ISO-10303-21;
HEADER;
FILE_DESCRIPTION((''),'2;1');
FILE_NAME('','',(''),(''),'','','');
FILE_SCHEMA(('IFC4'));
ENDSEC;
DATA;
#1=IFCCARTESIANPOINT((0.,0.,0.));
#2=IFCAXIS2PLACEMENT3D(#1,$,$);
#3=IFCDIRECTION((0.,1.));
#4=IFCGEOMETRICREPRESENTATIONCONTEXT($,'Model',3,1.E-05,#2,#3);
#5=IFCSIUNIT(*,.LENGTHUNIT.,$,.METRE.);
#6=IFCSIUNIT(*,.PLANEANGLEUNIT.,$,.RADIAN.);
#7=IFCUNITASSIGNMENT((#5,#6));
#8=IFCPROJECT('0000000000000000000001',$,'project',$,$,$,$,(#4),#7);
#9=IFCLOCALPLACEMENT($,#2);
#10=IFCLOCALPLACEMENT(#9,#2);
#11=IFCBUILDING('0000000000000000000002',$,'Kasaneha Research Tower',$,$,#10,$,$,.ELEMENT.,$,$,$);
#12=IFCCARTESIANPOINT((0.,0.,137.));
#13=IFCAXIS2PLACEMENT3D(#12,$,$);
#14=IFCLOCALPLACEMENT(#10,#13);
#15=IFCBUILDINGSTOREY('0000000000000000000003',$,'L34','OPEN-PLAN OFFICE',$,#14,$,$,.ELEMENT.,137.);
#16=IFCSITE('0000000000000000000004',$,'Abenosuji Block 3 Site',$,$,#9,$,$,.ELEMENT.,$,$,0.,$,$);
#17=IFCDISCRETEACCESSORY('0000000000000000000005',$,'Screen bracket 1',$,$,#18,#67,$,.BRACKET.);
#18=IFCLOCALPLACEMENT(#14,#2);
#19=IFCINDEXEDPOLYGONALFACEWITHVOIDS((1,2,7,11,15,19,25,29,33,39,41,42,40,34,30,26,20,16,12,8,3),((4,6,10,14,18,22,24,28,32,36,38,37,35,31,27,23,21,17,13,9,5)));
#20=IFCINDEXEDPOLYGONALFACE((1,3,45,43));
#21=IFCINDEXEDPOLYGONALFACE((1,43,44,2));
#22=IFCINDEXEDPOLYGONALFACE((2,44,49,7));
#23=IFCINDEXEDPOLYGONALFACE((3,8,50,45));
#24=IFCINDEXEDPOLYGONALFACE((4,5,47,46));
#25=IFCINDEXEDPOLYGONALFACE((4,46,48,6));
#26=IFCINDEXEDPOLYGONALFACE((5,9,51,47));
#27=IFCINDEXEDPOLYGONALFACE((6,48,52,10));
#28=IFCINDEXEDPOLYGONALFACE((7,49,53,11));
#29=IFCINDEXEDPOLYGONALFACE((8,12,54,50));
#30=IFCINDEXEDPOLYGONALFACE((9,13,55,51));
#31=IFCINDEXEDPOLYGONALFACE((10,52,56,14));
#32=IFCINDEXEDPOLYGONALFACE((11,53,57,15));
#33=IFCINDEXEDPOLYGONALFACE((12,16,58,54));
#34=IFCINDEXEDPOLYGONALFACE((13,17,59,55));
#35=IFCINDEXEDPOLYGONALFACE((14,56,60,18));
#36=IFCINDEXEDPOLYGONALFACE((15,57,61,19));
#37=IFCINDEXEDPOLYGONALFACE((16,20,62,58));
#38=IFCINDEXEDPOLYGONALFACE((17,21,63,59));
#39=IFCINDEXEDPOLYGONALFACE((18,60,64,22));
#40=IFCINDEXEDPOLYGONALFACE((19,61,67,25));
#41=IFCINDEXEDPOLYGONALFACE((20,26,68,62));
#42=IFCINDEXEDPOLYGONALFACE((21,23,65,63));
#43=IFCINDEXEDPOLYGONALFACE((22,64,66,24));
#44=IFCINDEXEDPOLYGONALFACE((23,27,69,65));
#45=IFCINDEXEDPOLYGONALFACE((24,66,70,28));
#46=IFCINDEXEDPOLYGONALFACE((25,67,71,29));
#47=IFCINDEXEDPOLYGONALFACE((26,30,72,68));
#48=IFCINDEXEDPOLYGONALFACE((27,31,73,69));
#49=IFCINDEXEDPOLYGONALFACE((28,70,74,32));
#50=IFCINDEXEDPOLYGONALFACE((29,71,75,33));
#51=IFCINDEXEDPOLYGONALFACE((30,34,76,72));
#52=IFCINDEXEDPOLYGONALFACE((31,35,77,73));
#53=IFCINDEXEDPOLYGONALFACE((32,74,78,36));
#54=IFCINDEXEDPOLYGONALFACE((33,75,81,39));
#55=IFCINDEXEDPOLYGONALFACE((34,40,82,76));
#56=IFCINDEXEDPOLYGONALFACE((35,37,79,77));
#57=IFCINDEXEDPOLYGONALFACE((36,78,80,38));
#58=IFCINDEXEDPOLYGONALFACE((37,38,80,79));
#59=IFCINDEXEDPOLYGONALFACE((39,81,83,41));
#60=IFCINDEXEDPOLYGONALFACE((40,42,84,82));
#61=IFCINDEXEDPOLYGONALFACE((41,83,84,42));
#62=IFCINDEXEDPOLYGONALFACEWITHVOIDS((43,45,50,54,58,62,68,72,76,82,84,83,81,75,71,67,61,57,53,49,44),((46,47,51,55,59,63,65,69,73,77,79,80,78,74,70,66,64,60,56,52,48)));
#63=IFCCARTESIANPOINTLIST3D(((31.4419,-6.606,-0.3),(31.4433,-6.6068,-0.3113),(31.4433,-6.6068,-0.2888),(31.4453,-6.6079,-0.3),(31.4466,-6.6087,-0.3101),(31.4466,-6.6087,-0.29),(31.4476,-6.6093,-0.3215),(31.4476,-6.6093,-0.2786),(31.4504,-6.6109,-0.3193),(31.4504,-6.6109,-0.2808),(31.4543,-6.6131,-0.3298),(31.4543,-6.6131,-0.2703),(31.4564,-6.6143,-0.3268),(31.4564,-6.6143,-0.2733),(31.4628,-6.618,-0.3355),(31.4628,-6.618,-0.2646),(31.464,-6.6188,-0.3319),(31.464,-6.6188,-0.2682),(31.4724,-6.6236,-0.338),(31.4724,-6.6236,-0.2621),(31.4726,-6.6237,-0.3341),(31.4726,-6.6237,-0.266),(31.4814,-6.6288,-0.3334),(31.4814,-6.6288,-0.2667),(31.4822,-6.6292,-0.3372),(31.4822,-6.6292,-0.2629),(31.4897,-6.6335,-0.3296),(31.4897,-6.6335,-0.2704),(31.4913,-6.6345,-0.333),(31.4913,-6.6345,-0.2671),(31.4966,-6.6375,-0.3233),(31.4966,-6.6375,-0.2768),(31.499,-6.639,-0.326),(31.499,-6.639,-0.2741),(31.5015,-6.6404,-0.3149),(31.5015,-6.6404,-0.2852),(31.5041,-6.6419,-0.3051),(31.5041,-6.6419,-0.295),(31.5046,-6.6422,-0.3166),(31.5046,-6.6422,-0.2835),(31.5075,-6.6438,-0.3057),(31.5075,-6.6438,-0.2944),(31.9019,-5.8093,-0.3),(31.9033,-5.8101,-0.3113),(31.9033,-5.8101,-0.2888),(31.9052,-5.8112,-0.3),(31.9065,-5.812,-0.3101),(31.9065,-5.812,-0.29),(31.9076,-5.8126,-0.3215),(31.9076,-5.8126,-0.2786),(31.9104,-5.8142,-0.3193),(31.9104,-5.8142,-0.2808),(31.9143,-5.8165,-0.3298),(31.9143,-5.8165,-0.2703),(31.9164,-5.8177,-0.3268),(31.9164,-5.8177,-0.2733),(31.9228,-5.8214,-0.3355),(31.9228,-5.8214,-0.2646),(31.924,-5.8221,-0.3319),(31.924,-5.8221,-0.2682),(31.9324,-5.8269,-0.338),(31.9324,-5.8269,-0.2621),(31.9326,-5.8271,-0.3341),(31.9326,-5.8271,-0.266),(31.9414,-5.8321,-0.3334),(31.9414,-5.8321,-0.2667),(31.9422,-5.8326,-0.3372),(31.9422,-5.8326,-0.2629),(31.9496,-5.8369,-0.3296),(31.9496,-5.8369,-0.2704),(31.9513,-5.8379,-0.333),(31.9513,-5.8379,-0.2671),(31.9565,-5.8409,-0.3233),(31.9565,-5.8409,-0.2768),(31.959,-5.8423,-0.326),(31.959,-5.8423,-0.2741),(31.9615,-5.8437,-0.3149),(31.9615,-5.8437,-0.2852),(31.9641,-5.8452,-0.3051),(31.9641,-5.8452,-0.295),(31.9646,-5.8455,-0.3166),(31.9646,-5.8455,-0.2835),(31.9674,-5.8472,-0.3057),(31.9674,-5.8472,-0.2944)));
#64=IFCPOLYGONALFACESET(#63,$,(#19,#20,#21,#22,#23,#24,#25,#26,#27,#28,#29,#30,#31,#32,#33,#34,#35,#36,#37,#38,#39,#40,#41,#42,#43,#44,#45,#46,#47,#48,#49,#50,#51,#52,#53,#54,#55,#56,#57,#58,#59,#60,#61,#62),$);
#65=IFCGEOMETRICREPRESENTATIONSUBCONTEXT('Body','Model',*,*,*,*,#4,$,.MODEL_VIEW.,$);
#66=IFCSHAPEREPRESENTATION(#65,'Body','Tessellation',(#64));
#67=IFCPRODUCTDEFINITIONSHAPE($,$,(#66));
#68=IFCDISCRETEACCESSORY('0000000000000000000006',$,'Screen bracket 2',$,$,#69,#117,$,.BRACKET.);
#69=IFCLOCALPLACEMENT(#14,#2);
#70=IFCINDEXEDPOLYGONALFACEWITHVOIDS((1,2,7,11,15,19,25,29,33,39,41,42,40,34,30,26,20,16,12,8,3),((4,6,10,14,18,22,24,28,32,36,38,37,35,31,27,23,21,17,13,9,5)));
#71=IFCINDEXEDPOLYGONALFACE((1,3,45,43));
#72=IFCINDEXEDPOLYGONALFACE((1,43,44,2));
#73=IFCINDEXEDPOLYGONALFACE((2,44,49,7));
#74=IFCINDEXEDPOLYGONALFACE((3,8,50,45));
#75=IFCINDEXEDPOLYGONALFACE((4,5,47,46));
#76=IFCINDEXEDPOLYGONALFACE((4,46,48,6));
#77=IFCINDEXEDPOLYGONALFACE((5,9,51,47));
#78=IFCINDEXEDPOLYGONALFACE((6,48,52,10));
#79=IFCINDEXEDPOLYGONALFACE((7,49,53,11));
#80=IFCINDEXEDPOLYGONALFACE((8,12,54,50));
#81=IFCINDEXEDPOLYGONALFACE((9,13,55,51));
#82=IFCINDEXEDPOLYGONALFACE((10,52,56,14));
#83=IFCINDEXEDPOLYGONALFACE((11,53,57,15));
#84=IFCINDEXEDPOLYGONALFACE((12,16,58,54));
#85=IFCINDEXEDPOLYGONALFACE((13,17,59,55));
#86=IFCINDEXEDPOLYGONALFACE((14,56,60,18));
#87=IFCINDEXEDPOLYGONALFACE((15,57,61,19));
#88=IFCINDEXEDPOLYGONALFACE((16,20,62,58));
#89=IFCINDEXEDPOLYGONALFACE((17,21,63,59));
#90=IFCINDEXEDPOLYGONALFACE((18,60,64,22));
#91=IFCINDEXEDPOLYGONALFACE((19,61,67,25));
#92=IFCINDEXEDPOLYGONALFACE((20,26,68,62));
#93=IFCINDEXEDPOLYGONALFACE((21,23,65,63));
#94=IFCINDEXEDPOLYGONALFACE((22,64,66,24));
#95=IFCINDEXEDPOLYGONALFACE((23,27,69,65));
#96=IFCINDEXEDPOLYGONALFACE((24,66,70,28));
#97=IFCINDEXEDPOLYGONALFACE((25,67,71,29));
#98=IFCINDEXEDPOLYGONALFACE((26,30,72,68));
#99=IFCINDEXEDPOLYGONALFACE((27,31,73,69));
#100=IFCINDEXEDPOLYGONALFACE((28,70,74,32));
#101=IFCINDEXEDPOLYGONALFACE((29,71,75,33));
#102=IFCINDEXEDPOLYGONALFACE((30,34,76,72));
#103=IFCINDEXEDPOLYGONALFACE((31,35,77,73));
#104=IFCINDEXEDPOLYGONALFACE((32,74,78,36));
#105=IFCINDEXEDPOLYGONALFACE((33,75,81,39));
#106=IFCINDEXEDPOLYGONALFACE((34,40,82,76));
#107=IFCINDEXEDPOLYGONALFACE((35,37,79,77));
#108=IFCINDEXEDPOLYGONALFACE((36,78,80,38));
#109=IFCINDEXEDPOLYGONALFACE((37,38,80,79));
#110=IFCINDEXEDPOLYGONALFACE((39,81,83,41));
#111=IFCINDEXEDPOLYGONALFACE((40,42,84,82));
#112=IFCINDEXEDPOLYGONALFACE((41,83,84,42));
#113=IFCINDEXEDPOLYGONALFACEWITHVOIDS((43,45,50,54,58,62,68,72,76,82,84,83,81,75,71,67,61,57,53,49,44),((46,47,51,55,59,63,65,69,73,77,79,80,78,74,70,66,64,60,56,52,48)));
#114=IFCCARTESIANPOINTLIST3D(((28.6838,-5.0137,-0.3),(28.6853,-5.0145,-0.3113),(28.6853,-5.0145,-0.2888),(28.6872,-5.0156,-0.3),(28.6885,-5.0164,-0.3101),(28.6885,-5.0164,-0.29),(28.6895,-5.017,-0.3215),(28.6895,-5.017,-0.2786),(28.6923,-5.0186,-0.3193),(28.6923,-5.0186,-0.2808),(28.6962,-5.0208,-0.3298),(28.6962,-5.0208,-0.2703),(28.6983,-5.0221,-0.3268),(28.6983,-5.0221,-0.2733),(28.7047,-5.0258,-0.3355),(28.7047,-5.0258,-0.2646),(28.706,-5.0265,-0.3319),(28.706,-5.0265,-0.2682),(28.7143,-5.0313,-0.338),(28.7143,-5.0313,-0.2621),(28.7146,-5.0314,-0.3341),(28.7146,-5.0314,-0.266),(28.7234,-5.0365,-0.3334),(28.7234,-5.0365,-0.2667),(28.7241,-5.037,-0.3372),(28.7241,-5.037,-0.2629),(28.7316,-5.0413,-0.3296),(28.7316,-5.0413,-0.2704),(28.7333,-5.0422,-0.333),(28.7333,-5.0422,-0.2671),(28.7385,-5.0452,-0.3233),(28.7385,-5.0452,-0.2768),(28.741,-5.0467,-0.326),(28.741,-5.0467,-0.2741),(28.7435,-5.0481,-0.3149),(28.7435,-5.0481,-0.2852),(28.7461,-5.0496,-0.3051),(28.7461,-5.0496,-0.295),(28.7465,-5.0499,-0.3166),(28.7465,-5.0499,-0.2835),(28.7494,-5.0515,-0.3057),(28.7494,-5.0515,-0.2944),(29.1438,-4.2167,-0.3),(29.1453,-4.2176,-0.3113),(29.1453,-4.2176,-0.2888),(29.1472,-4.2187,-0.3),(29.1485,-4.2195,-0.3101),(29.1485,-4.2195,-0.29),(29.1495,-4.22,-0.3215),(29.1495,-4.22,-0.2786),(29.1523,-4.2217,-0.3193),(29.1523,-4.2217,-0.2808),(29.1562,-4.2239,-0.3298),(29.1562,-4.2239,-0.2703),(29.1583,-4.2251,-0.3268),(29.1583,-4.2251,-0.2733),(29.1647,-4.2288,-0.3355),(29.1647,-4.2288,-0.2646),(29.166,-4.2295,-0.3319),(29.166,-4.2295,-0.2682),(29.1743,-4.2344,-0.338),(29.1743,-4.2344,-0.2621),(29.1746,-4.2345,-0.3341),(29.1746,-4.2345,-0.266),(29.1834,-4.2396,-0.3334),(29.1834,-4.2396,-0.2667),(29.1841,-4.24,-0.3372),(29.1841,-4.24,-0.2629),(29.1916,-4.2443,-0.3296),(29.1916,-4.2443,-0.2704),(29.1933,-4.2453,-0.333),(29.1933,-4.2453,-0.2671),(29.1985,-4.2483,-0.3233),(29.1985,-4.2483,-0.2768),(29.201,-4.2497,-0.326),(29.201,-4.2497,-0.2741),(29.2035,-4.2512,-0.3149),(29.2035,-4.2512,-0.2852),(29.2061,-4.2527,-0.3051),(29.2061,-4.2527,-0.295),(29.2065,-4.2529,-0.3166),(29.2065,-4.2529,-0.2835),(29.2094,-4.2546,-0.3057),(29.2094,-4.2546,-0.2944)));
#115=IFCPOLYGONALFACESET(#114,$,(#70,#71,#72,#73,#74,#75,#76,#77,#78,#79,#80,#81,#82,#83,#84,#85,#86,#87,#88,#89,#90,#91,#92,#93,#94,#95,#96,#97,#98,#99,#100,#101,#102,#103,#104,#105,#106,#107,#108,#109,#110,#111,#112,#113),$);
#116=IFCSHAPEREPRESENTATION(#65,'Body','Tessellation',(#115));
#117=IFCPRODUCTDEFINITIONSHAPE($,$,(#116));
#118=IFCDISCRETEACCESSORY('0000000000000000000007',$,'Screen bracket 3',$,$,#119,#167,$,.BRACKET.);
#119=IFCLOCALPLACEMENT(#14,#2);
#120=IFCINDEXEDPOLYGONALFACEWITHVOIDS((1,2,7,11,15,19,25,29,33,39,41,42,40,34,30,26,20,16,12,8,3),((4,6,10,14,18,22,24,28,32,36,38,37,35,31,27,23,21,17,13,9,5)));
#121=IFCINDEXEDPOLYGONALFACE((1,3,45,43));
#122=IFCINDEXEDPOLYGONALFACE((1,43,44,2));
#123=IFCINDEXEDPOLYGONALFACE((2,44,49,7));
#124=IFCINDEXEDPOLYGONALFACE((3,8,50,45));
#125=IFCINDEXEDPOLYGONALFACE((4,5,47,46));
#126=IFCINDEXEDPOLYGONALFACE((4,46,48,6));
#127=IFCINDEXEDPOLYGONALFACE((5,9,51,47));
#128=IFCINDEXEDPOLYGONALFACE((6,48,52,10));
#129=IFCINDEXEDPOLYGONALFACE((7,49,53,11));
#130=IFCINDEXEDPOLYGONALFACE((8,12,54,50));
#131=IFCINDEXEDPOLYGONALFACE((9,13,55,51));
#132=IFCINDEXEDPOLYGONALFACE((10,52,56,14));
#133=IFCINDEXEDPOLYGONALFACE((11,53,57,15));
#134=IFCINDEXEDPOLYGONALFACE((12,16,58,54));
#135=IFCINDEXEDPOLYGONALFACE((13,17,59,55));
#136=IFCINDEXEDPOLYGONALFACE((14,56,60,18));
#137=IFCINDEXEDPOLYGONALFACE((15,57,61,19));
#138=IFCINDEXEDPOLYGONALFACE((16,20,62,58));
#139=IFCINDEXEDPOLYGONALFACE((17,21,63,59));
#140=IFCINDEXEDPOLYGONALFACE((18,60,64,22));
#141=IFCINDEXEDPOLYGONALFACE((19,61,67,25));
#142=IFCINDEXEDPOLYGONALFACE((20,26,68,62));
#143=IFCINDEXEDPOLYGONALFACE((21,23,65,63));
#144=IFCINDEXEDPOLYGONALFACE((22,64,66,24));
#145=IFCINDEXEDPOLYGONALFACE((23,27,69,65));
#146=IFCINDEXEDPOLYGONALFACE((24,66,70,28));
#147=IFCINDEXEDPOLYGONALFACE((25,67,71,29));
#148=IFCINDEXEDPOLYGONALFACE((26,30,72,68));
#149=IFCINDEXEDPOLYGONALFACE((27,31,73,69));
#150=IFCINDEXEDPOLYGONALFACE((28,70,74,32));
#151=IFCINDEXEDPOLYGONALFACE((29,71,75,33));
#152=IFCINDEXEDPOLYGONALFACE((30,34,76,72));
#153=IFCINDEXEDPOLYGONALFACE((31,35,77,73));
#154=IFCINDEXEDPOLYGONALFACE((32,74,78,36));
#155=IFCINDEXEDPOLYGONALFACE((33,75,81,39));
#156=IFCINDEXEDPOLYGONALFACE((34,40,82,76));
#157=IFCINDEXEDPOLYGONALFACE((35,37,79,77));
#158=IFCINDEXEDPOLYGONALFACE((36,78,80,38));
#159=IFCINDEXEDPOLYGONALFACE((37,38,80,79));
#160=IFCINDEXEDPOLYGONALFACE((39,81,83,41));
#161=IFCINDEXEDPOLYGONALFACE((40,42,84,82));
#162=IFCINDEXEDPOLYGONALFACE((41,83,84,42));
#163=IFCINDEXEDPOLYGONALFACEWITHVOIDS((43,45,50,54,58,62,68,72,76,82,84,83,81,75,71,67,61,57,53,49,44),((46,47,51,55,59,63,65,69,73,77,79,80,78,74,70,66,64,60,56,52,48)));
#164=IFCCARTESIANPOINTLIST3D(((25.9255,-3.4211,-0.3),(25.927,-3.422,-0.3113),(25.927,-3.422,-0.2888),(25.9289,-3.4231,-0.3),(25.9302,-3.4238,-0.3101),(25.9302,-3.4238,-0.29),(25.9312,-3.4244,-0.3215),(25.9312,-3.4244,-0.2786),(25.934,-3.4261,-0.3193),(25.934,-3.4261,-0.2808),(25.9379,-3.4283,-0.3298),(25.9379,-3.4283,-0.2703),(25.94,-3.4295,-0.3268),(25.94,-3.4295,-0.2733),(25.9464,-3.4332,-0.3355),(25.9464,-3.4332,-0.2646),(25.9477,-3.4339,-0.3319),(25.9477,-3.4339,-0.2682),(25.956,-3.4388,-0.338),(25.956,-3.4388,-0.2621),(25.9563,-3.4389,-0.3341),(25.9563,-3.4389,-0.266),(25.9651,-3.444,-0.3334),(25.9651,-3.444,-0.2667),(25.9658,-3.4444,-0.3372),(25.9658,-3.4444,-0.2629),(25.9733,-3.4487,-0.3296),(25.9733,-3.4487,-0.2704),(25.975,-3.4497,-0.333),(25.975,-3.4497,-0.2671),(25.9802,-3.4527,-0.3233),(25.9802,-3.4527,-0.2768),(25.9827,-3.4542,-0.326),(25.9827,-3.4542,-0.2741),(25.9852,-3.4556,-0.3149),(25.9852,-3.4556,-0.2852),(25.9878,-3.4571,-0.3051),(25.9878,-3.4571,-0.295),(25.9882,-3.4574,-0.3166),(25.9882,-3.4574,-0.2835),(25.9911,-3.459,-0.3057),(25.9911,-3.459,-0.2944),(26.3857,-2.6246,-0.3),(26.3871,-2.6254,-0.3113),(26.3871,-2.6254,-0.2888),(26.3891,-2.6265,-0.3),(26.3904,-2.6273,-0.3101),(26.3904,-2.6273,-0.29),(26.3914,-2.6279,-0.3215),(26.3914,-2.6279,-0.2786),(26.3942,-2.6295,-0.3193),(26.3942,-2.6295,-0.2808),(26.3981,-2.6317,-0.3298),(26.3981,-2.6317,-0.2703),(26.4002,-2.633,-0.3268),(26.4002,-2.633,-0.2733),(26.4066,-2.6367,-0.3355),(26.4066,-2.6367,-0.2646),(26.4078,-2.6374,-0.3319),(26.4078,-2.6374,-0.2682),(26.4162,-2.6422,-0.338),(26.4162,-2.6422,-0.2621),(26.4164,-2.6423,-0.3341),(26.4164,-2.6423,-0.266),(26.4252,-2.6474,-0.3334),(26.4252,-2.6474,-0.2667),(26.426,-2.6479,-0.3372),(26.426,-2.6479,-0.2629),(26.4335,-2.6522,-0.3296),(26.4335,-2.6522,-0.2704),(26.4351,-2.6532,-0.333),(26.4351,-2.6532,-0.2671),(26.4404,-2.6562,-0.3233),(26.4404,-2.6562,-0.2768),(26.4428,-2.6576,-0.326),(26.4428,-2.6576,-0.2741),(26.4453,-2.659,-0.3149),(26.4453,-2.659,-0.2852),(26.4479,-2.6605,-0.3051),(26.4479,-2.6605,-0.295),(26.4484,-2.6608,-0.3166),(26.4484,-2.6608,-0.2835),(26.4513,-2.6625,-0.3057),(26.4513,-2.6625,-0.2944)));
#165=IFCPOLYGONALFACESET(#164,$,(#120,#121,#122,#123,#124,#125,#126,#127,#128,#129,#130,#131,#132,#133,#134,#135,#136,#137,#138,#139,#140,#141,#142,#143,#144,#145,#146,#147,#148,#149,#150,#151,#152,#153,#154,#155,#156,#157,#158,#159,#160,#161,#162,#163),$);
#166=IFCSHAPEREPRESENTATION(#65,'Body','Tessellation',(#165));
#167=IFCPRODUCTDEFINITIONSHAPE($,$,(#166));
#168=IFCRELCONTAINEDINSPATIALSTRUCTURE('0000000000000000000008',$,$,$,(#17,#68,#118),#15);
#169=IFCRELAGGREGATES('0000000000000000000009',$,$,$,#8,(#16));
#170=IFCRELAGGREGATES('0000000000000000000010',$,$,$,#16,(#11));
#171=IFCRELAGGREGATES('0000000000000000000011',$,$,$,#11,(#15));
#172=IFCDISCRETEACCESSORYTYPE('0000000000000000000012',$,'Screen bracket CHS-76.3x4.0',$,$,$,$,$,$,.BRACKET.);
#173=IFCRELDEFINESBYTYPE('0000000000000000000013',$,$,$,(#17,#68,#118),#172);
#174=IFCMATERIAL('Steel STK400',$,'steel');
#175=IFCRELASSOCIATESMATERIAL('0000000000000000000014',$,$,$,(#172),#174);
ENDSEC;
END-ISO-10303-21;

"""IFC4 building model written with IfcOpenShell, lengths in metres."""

from ifc_helpers import new_model, si_unit, direction, frame, origin, origin_2d, place, context, subcontext, project, spatial, hollow_circle, extrude, material, material_profile, profile_set, type_object, element, save


model = new_model("IFC4")

# Units and contexts
model_context = context("Model", 3, precision=1e-05, world=origin(), true_north=direction((0.0, 1.0)))
body_context = subcontext(model_context, "Body", "Model", "MODEL_VIEW")
ifc_project = project(units=[si_unit("LENGTHUNIT", "METRE"), si_unit("PLANEANGLEUNIT", "RADIAN")], contexts=[model_context])

# Site, building, storey
site_placement = place(None, origin())
site = spatial("IfcSite", under=ifc_project, at=site_placement, Name="Abenosuji Block 3 Site", CompositionType="ELEMENT", RefElevation=0.0)
building_placement = place(site_placement, origin())
building = spatial("IfcBuilding", under=site, at=building_placement, Name="Kasaneha Research Tower", CompositionType="ELEMENT")
storey_placement = place(building_placement, frame((0.0, 0.0, 137.0)))
storey = spatial("IfcBuildingStorey", under=building, at=storey_placement, Name="L34", Description="OPEN-PLAN OFFICE", CompositionType="ELEMENT", Elevation=137.0)

# Discrete accessories
ifc_material_1 = material(Name="Steel STK400", Category="steel")
ifc_material_profile_1 = material_profile(ifc_material_1, hollow_circle(Radius=0.0381, WallThickness=0.0039, at=origin_2d()), Name="CHS-76.3x4.0")
ifc_profile_set_1 = profile_set([ifc_material_profile_1], Name="Steel STK400")
discrete_accessory_type = type_object("IfcDiscreteAccessoryType", Name="Screen bracket CHS-76.3x4.0", PredefinedType="BRACKET", material=ifc_profile_set_1)
discrete_accessory_1_placement = place(storey_placement, frame((31.4749, -6.625, -0.3), z_axis=(0.500021, 0.866013, 0.0), x_axis=(-0.866013, 0.500021, 0.0)))
element("IfcDiscreteAccessory", 1, at=discrete_accessory_1_placement, inside=storey, type_object=discrete_accessory_type, Name="Screen bracket 1", PredefinedType="BRACKET", context=body_context, shape_type="SweptSolid", body=[
    extrude(hollow_circle(Radius=0.0381, WallThickness=0.0039, at=origin_2d()), origin(), (0.0, 0.0, 1.0), 0.9199),
])
discrete_accessory_2_placement = place(storey_placement, frame((28.7168, -5.0327, -0.3), z_axis=(0.499906, 0.86608, 0.0), x_axis=(-0.86608, 0.499906, 0.0)))
element("IfcDiscreteAccessory", 2, at=discrete_accessory_2_placement, inside=storey, type_object=discrete_accessory_type, Name="Screen bracket 2", PredefinedType="BRACKET", context=body_context, shape_type="SweptSolid", body=[
    extrude(hollow_circle(Radius=0.0381, WallThickness=0.0039, at=origin_2d()), origin(), (0.0, 0.0, 1.0), 0.9202),
])
discrete_accessory_3_placement = place(storey_placement, frame((25.9585, -3.4402, -0.3), z_axis=(0.50022, 0.865898, 0.0), x_axis=(-0.865898, 0.50022, 0.0)))
element("IfcDiscreteAccessory", 3, at=discrete_accessory_3_placement, inside=storey, type_object=discrete_accessory_type, Name="Screen bracket 3", PredefinedType="BRACKET", context=body_context, shape_type="SweptSolid", body=[
    extrude(hollow_circle(Radius=0.0381, WallThickness=0.0039, at=origin_2d()), origin(), (0.0, 0.0, 1.0), 0.9199),
])

save(model, "model.ifc")
